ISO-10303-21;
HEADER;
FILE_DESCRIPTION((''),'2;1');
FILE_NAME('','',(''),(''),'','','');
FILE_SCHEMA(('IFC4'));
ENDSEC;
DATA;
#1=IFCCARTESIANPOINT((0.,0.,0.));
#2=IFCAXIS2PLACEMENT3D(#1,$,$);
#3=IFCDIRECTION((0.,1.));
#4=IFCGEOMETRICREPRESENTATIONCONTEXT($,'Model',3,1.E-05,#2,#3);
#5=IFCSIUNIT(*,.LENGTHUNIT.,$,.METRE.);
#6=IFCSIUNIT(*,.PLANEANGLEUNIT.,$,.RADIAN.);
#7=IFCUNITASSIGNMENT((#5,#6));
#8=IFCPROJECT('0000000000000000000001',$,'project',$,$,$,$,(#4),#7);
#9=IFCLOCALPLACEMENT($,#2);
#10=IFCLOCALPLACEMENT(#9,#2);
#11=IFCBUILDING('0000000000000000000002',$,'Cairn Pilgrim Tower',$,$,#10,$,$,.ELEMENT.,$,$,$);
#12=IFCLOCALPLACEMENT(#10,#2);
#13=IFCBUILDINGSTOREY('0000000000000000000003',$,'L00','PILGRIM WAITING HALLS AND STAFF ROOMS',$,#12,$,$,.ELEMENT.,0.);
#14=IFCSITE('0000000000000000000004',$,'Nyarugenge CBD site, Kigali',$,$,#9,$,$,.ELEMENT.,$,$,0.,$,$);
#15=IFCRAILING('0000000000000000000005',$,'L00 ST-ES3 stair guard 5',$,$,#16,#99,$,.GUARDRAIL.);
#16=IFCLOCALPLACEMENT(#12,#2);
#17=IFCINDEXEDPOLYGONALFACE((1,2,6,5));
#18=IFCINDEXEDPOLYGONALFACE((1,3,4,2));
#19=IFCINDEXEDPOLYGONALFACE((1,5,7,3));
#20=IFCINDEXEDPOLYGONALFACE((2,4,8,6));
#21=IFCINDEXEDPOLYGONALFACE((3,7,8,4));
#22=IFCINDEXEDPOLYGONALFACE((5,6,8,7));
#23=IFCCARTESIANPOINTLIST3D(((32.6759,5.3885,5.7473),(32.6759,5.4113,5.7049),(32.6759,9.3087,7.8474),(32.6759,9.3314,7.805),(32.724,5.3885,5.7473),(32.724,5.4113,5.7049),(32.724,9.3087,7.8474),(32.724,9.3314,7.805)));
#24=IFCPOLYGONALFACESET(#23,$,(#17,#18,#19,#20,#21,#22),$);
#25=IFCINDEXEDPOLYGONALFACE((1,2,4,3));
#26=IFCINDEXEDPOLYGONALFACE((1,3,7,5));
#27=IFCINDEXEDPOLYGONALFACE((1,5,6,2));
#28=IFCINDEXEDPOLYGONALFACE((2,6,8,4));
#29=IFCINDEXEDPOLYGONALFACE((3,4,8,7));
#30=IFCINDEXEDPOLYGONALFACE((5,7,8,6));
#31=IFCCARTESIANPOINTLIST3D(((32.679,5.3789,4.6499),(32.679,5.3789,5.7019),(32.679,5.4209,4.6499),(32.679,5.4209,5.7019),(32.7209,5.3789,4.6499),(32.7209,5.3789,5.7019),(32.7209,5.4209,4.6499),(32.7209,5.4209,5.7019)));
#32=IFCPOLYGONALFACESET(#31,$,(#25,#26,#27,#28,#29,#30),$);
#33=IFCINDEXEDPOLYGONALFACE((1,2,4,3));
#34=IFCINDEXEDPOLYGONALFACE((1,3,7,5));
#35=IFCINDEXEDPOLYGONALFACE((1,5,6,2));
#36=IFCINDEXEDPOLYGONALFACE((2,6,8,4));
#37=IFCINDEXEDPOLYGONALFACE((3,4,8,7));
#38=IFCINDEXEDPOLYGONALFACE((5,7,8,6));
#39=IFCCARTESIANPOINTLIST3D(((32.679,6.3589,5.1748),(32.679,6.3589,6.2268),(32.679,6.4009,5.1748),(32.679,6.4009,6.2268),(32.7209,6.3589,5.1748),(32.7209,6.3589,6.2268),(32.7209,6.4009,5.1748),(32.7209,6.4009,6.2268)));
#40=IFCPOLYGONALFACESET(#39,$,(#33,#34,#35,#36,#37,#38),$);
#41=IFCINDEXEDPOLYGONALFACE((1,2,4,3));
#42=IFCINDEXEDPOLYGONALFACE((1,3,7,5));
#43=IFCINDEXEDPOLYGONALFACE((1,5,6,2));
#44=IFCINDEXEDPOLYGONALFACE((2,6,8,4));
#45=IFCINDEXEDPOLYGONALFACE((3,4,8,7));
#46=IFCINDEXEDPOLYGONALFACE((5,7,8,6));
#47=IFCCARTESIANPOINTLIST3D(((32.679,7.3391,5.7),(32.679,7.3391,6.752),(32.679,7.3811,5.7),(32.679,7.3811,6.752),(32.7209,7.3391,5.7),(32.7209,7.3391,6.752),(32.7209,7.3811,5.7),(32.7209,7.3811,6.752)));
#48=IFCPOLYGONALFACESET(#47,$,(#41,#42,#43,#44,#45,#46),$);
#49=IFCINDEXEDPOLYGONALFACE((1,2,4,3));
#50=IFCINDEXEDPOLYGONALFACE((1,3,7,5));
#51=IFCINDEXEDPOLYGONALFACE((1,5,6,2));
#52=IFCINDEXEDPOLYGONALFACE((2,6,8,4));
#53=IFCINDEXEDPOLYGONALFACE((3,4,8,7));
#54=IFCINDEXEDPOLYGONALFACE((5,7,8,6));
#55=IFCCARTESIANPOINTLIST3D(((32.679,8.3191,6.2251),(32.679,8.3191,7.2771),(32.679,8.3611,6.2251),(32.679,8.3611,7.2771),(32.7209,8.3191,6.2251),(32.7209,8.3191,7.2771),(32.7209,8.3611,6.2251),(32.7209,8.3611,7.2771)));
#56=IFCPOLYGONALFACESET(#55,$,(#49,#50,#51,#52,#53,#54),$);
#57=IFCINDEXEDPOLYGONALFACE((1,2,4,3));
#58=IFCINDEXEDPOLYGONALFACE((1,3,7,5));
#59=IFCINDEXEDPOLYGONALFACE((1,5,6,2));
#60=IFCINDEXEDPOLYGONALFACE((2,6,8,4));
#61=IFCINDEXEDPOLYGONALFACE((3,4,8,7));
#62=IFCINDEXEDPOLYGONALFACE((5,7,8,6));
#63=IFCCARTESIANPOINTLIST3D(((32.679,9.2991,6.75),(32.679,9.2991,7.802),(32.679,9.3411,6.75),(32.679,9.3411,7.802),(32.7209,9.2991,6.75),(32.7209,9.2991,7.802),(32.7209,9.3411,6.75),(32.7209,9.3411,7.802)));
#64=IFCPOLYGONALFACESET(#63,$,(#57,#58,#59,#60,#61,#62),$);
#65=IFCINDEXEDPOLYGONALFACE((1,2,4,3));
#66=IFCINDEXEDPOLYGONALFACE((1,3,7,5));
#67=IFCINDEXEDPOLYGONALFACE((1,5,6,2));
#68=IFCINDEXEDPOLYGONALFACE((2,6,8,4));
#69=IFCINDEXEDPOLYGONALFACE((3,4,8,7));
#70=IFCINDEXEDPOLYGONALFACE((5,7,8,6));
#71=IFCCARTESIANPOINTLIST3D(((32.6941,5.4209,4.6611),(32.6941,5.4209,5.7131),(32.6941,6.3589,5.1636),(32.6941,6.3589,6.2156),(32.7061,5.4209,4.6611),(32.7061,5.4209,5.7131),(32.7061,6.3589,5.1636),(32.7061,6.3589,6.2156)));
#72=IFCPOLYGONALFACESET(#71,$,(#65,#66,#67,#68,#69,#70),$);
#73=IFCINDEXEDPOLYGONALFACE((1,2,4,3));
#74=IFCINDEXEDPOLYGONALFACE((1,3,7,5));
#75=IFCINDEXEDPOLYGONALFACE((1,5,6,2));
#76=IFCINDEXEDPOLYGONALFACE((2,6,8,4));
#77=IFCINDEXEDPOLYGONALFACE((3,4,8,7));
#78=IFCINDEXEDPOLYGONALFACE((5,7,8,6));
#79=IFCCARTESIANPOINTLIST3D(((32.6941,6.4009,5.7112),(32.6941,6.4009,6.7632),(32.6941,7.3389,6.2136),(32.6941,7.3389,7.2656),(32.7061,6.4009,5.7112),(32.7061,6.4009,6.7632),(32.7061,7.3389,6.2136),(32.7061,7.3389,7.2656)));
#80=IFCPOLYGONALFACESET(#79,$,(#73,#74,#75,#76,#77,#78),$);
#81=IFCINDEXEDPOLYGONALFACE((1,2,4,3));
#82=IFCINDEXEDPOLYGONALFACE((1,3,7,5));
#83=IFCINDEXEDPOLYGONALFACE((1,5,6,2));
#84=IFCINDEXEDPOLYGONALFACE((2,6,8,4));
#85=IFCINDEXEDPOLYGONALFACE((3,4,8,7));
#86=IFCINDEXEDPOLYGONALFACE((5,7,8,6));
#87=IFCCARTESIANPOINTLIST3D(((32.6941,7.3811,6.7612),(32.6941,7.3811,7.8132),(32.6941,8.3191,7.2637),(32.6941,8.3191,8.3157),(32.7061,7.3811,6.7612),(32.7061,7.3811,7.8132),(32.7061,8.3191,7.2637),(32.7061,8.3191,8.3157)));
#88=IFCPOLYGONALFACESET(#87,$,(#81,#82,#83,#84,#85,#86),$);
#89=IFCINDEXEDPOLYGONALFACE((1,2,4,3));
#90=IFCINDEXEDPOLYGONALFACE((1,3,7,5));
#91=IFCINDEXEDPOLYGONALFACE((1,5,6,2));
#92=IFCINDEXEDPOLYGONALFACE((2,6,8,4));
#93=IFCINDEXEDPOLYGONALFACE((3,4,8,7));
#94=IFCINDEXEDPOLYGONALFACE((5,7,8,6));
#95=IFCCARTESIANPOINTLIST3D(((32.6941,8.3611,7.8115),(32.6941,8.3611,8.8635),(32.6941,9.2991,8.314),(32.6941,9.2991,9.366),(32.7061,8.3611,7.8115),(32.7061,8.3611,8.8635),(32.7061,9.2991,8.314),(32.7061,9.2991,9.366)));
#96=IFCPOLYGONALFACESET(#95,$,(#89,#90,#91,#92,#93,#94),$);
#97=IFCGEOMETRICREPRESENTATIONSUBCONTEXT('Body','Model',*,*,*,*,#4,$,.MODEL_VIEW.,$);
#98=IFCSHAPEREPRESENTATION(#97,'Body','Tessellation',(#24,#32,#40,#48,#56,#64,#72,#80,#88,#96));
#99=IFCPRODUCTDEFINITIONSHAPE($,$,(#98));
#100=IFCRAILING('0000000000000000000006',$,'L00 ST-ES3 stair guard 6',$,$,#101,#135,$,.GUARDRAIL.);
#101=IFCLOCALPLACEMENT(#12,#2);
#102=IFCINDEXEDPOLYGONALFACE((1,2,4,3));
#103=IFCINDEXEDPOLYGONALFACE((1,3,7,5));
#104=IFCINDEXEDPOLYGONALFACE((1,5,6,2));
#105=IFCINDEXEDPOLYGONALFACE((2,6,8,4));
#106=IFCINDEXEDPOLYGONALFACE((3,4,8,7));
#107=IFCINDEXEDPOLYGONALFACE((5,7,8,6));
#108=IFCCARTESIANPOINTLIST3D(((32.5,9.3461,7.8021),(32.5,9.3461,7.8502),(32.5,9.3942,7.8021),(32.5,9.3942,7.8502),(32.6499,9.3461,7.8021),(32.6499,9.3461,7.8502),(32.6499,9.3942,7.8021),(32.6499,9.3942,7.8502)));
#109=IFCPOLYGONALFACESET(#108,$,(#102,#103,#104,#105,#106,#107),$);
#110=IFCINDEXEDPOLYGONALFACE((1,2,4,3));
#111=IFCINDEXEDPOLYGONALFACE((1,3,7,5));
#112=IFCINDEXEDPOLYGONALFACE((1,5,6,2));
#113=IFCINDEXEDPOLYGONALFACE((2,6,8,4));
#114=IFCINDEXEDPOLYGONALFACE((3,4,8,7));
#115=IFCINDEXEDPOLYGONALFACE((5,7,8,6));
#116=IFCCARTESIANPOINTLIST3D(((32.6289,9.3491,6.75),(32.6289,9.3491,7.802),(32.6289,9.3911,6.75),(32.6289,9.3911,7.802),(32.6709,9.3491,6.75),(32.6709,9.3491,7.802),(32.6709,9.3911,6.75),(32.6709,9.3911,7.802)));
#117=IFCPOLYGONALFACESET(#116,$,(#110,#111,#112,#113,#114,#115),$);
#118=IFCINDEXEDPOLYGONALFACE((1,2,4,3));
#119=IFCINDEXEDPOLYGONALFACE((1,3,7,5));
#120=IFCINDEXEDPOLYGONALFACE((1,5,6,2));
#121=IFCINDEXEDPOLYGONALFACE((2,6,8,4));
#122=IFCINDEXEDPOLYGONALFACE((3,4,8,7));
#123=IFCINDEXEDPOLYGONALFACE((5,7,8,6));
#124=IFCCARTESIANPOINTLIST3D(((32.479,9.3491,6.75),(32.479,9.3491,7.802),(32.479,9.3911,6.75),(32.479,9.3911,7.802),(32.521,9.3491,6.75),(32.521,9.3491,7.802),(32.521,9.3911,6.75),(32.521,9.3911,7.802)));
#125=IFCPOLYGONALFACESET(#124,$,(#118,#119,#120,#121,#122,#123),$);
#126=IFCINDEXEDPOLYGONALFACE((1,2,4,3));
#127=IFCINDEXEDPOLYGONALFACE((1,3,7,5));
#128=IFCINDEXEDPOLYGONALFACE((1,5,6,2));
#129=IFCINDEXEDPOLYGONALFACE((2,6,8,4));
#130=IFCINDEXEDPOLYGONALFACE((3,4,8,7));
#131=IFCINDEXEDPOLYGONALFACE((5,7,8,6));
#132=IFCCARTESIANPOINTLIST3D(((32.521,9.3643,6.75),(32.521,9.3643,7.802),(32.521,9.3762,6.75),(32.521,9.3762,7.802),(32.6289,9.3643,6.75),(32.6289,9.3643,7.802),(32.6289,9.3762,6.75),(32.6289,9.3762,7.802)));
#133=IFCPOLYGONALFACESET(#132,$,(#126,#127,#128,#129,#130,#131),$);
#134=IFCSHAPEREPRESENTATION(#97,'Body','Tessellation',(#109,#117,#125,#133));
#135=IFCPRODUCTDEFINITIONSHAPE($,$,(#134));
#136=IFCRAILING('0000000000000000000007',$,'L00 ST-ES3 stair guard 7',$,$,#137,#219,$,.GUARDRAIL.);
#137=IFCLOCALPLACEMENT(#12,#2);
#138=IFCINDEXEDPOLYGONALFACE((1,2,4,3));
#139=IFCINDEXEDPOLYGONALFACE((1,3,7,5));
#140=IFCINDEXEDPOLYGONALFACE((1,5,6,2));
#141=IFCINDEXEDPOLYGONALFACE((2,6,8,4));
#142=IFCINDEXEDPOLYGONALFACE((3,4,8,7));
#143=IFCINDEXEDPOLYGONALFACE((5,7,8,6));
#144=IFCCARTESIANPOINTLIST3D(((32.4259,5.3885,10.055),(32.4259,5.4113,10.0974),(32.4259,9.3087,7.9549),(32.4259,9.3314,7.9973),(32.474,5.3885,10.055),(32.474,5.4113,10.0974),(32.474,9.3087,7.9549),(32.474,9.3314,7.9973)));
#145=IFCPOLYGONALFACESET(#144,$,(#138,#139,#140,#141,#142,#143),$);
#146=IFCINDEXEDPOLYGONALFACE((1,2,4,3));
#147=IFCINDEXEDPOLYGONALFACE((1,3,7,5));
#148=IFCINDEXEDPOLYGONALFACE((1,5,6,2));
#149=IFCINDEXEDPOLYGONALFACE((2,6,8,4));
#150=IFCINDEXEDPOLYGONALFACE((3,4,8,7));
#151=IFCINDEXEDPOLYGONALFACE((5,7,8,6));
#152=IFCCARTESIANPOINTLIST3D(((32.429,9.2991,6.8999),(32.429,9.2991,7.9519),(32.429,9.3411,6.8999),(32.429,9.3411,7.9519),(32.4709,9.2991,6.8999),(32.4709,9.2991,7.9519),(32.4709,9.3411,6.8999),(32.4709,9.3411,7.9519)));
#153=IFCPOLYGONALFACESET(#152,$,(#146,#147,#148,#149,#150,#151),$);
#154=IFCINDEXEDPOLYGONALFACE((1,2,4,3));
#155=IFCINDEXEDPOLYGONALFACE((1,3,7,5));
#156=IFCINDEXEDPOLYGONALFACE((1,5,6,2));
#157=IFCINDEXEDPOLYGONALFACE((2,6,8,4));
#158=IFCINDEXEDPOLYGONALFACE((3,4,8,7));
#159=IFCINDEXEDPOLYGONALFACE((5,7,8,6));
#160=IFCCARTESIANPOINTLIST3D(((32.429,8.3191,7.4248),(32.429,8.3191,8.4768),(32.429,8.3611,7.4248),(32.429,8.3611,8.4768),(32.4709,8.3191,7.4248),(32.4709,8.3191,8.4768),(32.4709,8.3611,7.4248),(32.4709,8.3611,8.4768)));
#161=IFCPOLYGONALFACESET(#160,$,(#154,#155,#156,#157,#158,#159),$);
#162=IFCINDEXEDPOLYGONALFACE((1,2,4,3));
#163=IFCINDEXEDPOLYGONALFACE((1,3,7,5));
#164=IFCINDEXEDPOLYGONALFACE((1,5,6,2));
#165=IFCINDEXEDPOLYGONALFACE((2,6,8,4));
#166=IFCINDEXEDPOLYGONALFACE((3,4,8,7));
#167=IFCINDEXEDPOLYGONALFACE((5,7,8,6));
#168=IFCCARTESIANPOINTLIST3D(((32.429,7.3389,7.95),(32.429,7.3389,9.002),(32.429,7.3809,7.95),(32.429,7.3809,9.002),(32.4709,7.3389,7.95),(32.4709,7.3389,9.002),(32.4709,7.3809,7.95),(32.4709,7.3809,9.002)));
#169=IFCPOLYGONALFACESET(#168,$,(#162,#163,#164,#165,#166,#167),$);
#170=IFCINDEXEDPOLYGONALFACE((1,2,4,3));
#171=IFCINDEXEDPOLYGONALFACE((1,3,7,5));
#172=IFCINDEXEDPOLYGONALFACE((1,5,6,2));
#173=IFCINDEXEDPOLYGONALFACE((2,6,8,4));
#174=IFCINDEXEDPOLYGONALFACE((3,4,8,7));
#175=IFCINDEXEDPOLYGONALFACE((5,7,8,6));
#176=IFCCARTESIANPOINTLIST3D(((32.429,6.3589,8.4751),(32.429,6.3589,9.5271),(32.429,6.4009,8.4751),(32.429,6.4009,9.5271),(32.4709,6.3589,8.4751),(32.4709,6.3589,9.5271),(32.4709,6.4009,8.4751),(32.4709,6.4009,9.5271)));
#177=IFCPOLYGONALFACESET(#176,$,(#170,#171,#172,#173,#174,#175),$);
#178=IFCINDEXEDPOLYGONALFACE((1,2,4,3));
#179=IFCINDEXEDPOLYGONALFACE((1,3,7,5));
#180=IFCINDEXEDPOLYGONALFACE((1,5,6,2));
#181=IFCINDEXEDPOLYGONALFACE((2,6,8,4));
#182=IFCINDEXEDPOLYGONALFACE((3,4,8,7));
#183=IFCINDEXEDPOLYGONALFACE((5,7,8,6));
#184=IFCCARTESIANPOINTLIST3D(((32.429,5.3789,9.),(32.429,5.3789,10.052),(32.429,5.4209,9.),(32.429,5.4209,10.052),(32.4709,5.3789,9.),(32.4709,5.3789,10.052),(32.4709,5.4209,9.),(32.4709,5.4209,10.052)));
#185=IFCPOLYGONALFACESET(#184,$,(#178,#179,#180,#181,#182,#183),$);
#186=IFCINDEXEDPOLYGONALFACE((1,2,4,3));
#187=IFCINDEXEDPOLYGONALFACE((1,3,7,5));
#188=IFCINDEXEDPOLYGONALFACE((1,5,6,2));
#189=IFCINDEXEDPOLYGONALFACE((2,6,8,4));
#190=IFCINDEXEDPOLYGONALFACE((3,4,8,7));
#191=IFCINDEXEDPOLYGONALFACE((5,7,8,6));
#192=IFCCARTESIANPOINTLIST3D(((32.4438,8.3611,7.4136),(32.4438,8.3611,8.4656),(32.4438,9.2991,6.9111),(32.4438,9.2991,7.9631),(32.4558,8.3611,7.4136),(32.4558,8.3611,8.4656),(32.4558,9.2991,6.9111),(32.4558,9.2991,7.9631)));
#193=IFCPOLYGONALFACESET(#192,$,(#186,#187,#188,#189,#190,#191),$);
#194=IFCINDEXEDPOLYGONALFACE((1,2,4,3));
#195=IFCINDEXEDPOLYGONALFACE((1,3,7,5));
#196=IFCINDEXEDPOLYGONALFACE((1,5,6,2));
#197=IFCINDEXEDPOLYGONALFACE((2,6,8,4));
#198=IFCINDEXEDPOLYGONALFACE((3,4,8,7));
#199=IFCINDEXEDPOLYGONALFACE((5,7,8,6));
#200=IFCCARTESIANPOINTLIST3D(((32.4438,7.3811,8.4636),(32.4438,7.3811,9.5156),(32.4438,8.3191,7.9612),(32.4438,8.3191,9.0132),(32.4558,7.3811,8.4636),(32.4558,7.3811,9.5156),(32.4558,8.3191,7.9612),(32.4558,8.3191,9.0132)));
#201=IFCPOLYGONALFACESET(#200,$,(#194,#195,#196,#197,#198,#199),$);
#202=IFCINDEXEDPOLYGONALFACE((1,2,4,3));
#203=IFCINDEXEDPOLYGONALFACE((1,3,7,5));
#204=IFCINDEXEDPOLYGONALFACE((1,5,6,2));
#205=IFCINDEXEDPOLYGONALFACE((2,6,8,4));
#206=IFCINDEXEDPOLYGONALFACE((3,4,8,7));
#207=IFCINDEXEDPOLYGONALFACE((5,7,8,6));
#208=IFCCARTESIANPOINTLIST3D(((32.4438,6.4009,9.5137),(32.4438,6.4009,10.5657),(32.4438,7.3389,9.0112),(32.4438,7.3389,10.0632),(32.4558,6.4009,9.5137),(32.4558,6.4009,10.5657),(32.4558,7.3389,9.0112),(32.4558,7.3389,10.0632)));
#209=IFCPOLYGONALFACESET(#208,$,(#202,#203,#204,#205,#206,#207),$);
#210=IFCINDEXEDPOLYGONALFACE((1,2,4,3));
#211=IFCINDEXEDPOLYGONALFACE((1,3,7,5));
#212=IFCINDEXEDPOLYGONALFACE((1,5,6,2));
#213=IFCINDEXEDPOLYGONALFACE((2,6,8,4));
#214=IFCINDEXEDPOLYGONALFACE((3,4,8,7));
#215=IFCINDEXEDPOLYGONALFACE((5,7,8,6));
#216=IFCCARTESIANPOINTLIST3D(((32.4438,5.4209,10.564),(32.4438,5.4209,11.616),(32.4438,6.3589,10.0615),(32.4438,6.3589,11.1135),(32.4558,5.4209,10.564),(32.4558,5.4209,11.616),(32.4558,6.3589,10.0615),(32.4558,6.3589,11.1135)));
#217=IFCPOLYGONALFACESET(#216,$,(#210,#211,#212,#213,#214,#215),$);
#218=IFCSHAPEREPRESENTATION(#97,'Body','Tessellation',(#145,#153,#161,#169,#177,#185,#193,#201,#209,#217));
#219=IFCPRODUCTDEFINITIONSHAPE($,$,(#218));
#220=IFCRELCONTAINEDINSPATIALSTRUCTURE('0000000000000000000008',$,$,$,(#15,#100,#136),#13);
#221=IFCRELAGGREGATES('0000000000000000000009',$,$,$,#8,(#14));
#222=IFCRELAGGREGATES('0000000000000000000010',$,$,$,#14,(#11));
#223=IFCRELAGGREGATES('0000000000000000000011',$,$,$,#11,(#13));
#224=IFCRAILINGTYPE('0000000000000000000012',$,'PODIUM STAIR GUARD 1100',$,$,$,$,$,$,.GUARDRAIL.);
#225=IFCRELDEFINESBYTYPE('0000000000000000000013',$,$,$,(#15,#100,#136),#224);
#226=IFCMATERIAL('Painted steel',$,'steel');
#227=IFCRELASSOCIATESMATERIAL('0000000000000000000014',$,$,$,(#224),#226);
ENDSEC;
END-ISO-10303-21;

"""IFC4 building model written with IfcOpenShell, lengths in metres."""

from ifc_helpers import new_model, si_unit, direction, frame, origin, origin_2d, place, context, subcontext, project, spatial, polyline, rectangle, outline, extrude, material, type_object, element, save


model = new_model("IFC4")

# Units and contexts
model_context = context("Model", 3, precision=1e-05, world=origin(), true_north=direction((0.0, 1.0)))
body_context = subcontext(model_context, "Body", "Model", "MODEL_VIEW")
ifc_project = project(units=[si_unit("LENGTHUNIT", "METRE"), si_unit("PLANEANGLEUNIT", "RADIAN")], contexts=[model_context])

# Site, building, storey
site_placement = place(None, origin())
site = spatial("IfcSite", under=ifc_project, at=site_placement, Name="Nyarugenge CBD site, Kigali", CompositionType="ELEMENT", RefElevation=0.0)
building_placement = place(site_placement, origin())
building = spatial("IfcBuilding", under=site, at=building_placement, Name="Cairn Pilgrim Tower", CompositionType="ELEMENT")
storey_placement = place(building_placement, origin())
storey = spatial("IfcBuildingStorey", under=building, at=storey_placement, Name="L00", Description="PILGRIM WAITING HALLS AND STAFF ROOMS", CompositionType="ELEMENT", Elevation=0.0)

# Railings
ifc_material_1 = material(Name="Painted steel", Category="steel")
railing_type_1 = type_object("IfcRailingType", Name="PODIUM STAIR GUARD 1100", PredefinedType="GUARDRAIL", material=ifc_material_1)
railing_1_placement = place(storey_placement, frame((32.7, 5.3999, 4.6499)))
element("IfcRailing", 1, at=railing_1_placement, inside=storey, type_object=railing_type_1, Name="L00 ST-ES3 stair guard 5", PredefinedType="GUARDRAIL", context=body_context, shape_type="SweptSolid", body=[
    extrude(rectangle(XDim=0.0481, YDim=0.0481, at=origin_2d()), frame((0.0, 0.0, 1.0762), z_axis=(0.0, 0.881479, 0.472223), x_axis=(-1.0, 0.0, 0.0)), (0.0, 0.0, 1.0), 4.4473),
    extrude(rectangle(XDim=0.042, YDim=0.042, at=origin_2d()), origin(), (0.0, 0.0, 1.0), 1.052),
    extrude(rectangle(XDim=0.042, YDim=0.042, at=origin_2d()), frame((0.0, 0.98, 0.5249)), (0.0, 0.0, 1.0), 1.052),
    extrude(rectangle(XDim=0.042, YDim=0.042, at=origin_2d()), frame((0.0, 1.9602, 1.05)), (0.0, 0.0, 1.0), 1.052),
    extrude(rectangle(XDim=0.042, YDim=0.042, at=origin_2d()), frame((0.0, 2.9402, 1.5752)), (0.0, 0.0, 1.0), 1.052),
    extrude(rectangle(XDim=0.042, YDim=0.042, at=origin_2d()), frame((0.0, 3.9202, 2.1001)), (0.0, 0.0, 1.0), 1.052),
    extrude(outline(polyline([(0.021, 0.0112), (0.959, 0.5137), (0.959, 1.5657), (0.021, 1.0632), (0.021, 0.0112)])), frame((-0.0059, 0.0, 0.0), z_axis=(1.0, 0.0, 0.0), x_axis=(0.0, 1.0, 0.0)), (0.0, 0.0, 1.0), 0.012),
    extrude(outline(polyline([(0.021, 0.5364), (0.959, 1.0388), (0.959, 2.0908), (0.021, 1.5884), (0.021, 0.5364)])), frame((-0.0059, 0.98, 0.5249), z_axis=(1.0, 0.0, 0.0), x_axis=(0.0, 1.0, 0.0)), (0.0, 0.0, 1.0), 0.012),
    extrude(outline(polyline([(0.021, 1.0613), (0.959, 1.5637), (0.959, 2.6157), (0.021, 2.1133), (0.021, 1.0613)])), frame((-0.0059, 1.9602, 1.05), z_axis=(1.0, 0.0, 0.0), x_axis=(0.0, 1.0, 0.0)), (0.0, 0.0, 1.0), 0.012),
    extrude(outline(polyline([(0.021, 1.5864), (0.959, 2.0889), (0.959, 3.1409), (0.021, 2.6384), (0.021, 1.5864)])), frame((-0.0059, 2.9402, 1.5752), z_axis=(1.0, 0.0, 0.0), x_axis=(0.0, 1.0, 0.0)), (0.0, 0.0, 1.0), 0.012),
])
railing_2_placement = place(storey_placement, frame((32.6499, 9.3701, 6.75)))
element("IfcRailing", 2, at=railing_2_placement, inside=storey, type_object=railing_type_1, Name="L00 ST-ES3 stair guard 6", PredefinedType="GUARDRAIL", context=body_context, shape_type="SweptSolid", body=[
    extrude(rectangle(XDim=0.0481, YDim=0.0481, at=origin_2d()), frame((0.0, 0.0, 1.0762), z_axis=(-1.0, 0.0, 0.0), x_axis=(0.0, -1.0, 0.0)), (0.0, 0.0, 1.0), 0.1499),
    extrude(rectangle(XDim=0.042, YDim=0.042, at=origin_2d()), origin(), (0.0, 0.0, 1.0), 1.052),
    extrude(rectangle(XDim=0.042, YDim=0.042, at=origin_2d()), frame((-0.1499, 0.0, 0.0)), (0.0, 0.0, 1.0), 1.052),
    extrude(outline(polyline([(0.021, 0.0), (0.1289, 0.0), (0.1289, 1.052), (0.021, 1.052), (0.021, 0.0)])), frame((0.0, -0.0059, 0.0), z_axis=(0.0, 1.0, 0.0), x_axis=(-1.0, 0.0, 0.0)), (0.0, 0.0, 1.0), 0.012),
])
railing_3_placement = place(storey_placement, frame((32.45, 9.3201, 6.8999)))
element("IfcRailing", 3, at=railing_3_placement, inside=storey, type_object=railing_type_1, Name="L00 ST-ES3 stair guard 7", PredefinedType="GUARDRAIL", context=body_context, shape_type="SweptSolid", body=[
    extrude(rectangle(XDim=0.0481, YDim=0.0481, at=origin_2d()), frame((0.0, 0.0, 1.0762), z_axis=(0.0, -0.881479, 0.472223), x_axis=(1.0, 0.0, 0.0)), (0.0, 0.0, 1.0), 4.4473),
    extrude(rectangle(XDim=0.042, YDim=0.042, at=origin_2d()), origin(), (0.0, 0.0, 1.0), 1.052),
    extrude(rectangle(XDim=0.042, YDim=0.042, at=origin_2d()), frame((0.0, -0.98, 0.5249)), (0.0, 0.0, 1.0), 1.052),
    extrude(rectangle(XDim=0.042, YDim=0.042, at=origin_2d()), frame((0.0, -1.9602, 1.05)), (0.0, 0.0, 1.0), 1.052),
    extrude(rectangle(XDim=0.042, YDim=0.042, at=origin_2d()), frame((0.0, -2.9402, 1.5752)), (0.0, 0.0, 1.0), 1.052),
    extrude(rectangle(XDim=0.042, YDim=0.042, at=origin_2d()), frame((0.0, -3.9202, 2.1001)), (0.0, 0.0, 1.0), 1.052),
    extrude(outline(polyline([(0.021, 0.0112), (0.959, 0.5137), (0.959, 1.5657), (0.021, 1.0632), (0.021, 0.0112)])), frame((0.0059, 0.0, 0.0), z_axis=(-1.0, 0.0, 0.0), x_axis=(0.0, -1.0, 0.0)), (0.0, 0.0, 1.0), 0.012),
    extrude(outline(polyline([(0.021, 0.5364), (0.959, 1.0388), (0.959, 2.0908), (0.021, 1.5884), (0.021, 0.5364)])), frame((0.0059, -0.98, 0.5249), z_axis=(-1.0, 0.0, 0.0), x_axis=(0.0, -1.0, 0.0)), (0.0, 0.0, 1.0), 0.012),
    extrude(outline(polyline([(0.021, 1.0613), (0.959, 1.5637), (0.959, 2.6157), (0.021, 2.1133), (0.021, 1.0613)])), frame((0.0059, -1.9602, 1.05), z_axis=(-1.0, 0.0, 0.0), x_axis=(0.0, -1.0, 0.0)), (0.0, 0.0, 1.0), 0.012),
    extrude(outline(polyline([(0.021, 1.5864), (0.959, 2.0889), (0.959, 3.1409), (0.021, 2.6384), (0.021, 1.5864)])), frame((0.0059, -2.9402, 1.5752), z_axis=(-1.0, 0.0, 0.0), x_axis=(0.0, -1.0, 0.0)), (0.0, 0.0, 1.0), 0.012),
])

save(model, "model.ifc")
